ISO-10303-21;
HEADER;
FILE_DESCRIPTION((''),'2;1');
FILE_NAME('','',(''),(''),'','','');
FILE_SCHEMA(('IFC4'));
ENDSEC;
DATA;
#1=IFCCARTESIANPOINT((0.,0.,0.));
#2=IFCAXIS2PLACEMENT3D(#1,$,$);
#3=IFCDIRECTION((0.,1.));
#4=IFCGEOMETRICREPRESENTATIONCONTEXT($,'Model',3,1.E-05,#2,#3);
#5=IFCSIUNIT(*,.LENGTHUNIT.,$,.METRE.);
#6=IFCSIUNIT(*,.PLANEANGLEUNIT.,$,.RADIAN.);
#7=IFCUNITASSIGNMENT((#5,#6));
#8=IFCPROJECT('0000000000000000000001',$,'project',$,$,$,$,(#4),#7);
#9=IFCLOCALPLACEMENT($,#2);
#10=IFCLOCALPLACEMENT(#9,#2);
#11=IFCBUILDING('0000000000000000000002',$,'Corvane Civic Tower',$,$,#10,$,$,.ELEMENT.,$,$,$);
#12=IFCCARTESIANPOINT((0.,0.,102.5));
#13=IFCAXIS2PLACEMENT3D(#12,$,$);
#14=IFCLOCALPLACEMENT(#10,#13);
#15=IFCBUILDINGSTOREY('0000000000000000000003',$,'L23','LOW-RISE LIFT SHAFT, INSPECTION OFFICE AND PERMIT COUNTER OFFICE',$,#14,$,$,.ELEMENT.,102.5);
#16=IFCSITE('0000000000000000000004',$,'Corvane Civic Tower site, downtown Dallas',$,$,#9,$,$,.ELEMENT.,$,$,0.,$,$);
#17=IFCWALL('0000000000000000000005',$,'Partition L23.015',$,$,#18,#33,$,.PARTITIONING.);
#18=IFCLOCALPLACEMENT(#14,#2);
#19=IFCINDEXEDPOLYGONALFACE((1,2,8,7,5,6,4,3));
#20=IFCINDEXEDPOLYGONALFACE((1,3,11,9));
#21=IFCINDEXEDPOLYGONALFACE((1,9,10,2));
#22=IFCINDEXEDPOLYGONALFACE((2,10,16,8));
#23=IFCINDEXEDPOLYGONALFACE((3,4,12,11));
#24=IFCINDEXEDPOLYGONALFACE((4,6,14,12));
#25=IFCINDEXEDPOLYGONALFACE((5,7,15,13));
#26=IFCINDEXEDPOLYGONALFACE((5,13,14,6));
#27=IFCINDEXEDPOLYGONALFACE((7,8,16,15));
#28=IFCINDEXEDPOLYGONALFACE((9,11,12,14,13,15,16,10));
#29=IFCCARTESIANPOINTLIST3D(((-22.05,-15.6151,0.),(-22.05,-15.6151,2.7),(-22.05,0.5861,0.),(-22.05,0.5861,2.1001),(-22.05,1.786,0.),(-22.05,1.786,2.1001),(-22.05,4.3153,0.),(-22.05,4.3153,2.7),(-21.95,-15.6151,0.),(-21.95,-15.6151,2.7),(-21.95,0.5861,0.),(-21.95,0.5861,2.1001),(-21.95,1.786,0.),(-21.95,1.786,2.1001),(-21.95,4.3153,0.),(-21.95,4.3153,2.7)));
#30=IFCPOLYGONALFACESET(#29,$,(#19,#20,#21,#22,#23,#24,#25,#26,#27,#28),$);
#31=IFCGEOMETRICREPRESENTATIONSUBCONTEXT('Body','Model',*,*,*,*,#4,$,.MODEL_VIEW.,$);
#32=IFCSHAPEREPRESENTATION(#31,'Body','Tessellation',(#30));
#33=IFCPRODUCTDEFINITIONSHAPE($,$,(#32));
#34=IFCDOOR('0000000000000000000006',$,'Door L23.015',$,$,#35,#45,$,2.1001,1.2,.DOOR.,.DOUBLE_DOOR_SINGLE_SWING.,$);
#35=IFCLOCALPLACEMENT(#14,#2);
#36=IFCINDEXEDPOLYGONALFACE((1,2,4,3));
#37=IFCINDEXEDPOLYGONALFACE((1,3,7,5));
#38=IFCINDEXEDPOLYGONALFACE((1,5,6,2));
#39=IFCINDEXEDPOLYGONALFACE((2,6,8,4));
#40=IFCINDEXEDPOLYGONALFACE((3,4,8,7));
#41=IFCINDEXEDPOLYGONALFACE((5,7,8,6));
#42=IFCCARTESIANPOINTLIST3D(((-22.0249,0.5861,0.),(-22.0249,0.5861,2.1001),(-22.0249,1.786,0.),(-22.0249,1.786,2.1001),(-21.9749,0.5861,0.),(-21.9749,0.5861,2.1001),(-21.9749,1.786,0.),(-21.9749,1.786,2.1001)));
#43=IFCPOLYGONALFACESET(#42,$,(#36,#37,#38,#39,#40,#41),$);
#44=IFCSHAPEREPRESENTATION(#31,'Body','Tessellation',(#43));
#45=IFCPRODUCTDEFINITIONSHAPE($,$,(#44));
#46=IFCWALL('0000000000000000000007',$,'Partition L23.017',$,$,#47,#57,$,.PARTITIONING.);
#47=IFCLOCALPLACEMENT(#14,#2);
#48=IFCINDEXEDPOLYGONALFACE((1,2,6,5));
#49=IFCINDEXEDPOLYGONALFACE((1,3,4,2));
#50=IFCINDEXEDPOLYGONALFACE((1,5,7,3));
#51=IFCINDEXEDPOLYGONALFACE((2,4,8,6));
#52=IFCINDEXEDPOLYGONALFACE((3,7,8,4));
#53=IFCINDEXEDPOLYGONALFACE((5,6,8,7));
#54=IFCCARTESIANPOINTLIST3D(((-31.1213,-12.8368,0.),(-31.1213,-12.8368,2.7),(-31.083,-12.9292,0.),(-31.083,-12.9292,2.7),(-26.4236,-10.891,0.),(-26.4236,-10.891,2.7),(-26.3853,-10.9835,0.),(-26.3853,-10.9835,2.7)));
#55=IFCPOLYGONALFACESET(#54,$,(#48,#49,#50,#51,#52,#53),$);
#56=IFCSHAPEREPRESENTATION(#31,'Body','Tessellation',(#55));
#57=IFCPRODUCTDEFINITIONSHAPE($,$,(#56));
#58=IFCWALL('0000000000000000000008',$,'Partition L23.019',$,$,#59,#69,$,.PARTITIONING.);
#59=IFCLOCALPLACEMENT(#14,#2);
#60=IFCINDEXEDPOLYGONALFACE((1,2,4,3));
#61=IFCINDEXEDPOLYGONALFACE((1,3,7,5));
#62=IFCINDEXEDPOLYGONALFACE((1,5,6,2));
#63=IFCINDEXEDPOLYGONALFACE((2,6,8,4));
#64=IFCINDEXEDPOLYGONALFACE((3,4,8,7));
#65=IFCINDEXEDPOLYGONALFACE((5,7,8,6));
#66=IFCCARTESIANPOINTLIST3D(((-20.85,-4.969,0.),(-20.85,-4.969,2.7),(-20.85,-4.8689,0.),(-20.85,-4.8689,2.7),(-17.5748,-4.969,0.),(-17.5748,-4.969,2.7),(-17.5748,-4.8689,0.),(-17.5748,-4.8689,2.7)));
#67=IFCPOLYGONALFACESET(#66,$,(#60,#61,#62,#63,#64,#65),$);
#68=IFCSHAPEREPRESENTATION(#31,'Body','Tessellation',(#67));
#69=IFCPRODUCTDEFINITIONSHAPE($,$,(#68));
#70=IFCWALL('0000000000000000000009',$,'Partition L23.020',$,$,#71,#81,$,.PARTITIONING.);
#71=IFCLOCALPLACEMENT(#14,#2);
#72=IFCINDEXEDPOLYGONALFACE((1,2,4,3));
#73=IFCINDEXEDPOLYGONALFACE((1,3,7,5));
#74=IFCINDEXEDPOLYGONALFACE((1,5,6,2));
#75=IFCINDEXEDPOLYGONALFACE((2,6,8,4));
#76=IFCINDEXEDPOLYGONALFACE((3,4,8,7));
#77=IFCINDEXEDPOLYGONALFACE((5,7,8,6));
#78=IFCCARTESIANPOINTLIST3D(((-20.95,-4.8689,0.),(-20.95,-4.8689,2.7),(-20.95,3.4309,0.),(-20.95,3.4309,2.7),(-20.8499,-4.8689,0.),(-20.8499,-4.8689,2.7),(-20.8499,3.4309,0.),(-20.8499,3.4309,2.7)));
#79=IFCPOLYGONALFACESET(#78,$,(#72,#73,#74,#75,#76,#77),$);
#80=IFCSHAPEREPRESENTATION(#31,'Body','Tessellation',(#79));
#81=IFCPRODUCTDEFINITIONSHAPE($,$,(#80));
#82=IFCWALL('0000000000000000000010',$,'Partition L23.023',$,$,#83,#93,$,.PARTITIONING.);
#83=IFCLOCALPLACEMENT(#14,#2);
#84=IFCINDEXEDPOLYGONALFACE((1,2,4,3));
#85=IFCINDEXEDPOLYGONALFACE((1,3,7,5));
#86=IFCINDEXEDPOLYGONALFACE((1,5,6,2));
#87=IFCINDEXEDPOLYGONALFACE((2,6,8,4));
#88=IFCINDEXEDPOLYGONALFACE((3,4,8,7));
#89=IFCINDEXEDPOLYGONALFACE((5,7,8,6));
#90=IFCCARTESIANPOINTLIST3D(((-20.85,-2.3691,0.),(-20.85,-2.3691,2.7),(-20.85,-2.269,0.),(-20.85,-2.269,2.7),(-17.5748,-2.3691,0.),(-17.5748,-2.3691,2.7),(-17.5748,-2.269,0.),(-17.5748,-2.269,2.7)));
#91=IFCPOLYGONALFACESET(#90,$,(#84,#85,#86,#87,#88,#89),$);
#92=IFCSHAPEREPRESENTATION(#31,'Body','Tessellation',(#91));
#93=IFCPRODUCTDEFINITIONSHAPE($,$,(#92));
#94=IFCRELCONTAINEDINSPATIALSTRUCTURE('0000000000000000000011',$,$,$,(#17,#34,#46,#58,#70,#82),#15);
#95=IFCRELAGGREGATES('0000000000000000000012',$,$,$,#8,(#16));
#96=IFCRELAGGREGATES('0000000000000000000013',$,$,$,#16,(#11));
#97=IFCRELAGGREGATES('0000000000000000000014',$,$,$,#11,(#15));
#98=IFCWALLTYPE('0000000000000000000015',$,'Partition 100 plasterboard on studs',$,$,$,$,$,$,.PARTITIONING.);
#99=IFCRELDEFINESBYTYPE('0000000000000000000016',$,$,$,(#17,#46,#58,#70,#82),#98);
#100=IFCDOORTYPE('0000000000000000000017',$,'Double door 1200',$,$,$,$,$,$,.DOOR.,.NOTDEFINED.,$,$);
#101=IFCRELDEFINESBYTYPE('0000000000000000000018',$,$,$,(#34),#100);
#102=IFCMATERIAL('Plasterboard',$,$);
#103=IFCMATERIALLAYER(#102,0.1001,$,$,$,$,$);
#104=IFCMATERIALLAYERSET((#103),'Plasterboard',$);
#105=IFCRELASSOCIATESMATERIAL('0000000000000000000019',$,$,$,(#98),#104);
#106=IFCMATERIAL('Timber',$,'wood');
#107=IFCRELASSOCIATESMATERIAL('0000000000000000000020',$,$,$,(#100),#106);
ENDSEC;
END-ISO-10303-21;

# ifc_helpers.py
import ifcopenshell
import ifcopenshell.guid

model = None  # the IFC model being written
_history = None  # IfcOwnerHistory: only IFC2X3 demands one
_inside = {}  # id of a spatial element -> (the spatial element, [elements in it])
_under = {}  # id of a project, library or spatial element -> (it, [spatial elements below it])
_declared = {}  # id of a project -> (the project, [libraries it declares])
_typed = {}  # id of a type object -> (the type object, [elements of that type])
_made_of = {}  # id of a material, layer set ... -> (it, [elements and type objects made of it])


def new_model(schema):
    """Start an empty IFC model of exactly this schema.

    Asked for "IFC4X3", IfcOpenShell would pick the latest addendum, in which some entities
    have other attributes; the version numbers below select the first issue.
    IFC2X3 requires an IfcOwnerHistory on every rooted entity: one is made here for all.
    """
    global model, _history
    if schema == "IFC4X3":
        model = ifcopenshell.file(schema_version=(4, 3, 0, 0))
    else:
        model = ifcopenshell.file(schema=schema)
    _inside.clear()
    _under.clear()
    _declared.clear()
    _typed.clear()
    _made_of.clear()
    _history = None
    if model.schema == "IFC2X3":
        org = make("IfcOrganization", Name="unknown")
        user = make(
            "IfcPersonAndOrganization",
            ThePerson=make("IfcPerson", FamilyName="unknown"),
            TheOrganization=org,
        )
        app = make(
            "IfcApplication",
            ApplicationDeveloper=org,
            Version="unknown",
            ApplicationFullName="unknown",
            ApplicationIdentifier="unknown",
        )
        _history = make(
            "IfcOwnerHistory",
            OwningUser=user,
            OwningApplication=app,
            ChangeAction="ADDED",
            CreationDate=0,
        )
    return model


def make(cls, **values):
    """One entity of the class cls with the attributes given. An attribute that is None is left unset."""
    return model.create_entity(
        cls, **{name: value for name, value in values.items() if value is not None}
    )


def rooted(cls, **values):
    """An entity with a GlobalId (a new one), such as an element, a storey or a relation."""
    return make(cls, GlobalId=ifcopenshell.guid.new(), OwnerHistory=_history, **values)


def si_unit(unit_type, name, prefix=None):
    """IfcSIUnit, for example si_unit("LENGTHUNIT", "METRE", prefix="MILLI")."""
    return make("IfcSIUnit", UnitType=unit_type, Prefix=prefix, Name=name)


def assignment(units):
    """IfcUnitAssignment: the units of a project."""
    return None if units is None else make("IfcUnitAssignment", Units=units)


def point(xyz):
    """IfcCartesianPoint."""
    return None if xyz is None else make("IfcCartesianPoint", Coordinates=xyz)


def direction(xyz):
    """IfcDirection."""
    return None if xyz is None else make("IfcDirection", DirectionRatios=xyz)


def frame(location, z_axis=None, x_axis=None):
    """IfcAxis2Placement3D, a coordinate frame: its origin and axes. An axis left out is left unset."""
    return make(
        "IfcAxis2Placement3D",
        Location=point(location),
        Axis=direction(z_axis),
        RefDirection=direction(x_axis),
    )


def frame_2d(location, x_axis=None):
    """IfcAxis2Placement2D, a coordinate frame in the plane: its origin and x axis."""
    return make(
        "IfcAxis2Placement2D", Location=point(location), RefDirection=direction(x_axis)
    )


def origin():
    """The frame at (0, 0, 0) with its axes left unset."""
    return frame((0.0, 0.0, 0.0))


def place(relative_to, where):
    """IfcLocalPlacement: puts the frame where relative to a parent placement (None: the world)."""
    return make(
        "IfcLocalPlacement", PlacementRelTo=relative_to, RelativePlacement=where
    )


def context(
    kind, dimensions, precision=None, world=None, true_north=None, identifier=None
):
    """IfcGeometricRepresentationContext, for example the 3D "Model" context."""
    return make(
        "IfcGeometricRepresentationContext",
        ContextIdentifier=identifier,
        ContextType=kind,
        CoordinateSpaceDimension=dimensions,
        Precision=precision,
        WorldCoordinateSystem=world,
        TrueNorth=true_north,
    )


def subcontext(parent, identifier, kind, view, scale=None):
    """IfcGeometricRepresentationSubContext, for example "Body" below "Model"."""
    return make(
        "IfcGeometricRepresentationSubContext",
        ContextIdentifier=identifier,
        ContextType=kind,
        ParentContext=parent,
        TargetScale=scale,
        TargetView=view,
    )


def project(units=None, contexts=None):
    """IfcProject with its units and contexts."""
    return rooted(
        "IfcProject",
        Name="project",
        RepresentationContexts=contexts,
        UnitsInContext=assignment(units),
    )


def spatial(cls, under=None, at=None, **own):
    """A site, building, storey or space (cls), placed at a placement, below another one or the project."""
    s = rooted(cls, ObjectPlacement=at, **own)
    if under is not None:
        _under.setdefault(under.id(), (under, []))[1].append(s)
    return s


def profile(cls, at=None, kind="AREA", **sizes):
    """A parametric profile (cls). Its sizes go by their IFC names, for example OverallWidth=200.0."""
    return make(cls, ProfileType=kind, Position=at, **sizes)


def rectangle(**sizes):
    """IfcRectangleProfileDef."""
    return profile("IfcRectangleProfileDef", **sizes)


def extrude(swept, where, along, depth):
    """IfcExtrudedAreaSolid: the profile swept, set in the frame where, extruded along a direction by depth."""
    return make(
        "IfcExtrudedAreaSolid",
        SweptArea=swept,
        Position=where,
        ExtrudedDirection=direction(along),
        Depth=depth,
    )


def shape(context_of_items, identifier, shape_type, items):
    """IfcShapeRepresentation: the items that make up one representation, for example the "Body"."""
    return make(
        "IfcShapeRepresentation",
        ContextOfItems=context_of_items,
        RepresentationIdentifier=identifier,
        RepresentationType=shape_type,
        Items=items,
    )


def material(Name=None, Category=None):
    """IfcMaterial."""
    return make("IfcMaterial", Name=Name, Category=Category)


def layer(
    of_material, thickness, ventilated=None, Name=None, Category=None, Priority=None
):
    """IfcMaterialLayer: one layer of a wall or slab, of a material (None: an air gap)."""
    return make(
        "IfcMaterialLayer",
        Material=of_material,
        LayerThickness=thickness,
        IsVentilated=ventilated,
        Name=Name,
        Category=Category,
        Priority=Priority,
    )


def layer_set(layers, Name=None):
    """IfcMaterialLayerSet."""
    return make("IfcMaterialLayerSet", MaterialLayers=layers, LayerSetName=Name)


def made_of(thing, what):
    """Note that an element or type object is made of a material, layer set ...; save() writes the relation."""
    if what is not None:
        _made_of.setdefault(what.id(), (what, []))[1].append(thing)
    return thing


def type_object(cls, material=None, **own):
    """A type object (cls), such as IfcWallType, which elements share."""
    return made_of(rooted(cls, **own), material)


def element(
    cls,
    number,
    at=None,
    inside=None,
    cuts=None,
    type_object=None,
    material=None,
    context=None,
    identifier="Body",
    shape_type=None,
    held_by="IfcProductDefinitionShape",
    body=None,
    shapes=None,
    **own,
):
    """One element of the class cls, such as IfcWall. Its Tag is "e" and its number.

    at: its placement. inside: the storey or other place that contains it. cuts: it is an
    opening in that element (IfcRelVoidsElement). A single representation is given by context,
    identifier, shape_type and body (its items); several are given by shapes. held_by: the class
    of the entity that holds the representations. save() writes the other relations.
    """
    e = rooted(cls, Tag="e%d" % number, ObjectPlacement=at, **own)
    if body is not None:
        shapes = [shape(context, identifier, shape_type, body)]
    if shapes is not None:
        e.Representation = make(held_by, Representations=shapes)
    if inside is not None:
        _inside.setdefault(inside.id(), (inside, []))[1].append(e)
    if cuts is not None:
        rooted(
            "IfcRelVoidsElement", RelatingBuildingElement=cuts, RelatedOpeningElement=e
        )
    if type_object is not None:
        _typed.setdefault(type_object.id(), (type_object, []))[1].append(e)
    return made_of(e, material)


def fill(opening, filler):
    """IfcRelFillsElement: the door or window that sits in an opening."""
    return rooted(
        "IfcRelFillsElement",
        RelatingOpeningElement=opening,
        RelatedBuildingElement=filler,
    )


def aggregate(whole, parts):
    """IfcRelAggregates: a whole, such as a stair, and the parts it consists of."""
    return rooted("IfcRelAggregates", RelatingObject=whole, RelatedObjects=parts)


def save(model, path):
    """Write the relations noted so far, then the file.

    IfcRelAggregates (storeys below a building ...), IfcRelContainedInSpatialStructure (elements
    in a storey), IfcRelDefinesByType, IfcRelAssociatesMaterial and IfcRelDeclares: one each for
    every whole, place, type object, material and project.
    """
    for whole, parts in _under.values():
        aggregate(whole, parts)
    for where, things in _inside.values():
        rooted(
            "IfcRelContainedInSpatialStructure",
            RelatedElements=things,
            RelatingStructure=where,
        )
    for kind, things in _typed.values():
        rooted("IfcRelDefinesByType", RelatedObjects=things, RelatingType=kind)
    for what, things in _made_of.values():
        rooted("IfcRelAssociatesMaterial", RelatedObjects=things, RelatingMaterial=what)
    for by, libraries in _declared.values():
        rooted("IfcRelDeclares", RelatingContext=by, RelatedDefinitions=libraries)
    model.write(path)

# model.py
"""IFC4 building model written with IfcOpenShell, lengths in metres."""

from ifc_helpers import new_model, si_unit, direction, frame, frame_2d, origin, place, context, subcontext, project, spatial, rectangle, extrude, material, layer, layer_set, type_object, element, fill, save


model = new_model("IFC4")

# Units and contexts
model_context = context("Model", 3, precision=1e-05, world=origin(), true_north=direction((0.0, 1.0)))
body_context = subcontext(model_context, "Body", "Model", "MODEL_VIEW")
ifc_project = project(units=[si_unit("LENGTHUNIT", "METRE"), si_unit("PLANEANGLEUNIT", "RADIAN")], contexts=[model_context])

# Site, building, storey
site_placement = place(None, origin())
site = spatial("IfcSite", under=ifc_project, at=site_placement, Name="Corvane Civic Tower site, downtown Dallas", CompositionType="ELEMENT", RefElevation=0.0)
building_placement = place(site_placement, origin())
building = spatial("IfcBuilding", under=site, at=building_placement, Name="Corvane Civic Tower", CompositionType="ELEMENT")
storey_placement = place(building_placement, frame((0.0, 0.0, 102.5)))
storey = spatial("IfcBuildingStorey", under=building, at=storey_placement, Name="L23", Description="LOW-RISE LIFT SHAFT, INSPECTION OFFICE AND PERMIT COUNTER OFFICE", CompositionType="ELEMENT", Elevation=102.5)

# Wall, opening, door
ifc_material_1 = material(Name="Plasterboard")
ifc_layer_1 = layer(ifc_material_1, 0.1001)
ifc_layer_set_1 = layer_set([ifc_layer_1], Name="Plasterboard")
wall_type_1 = type_object("IfcWallType", Name="Partition 100 plasterboard on studs", PredefinedType="PARTITIONING", material=ifc_layer_set_1)
wall_1_placement = place(storey_placement, frame((-22.0, -15.6152, 0.0), z_axis=(0.0, 0.0, 1.0), x_axis=(0.0, 1.0, 0.0)))
wall_1 = element("IfcWall", 1, at=wall_1_placement, inside=storey, type_object=wall_type_1, Name="Partition L23.015", PredefinedType="PARTITIONING", context=body_context, shape_type="SweptSolid", body=[
    extrude(rectangle(XDim=19.9304, YDim=0.1001, at=frame_2d((9.9653, 0.0))), origin(), (0.0, 0.0, 1.0), 2.7),
])
opening_1_placement = place(wall_1_placement, frame((16.2012, 0.0, 0.0)))
opening_1 = element("IfcOpeningElement", 2, at=opening_1_placement, cuts=wall_1, PredefinedType="OPENING", context=body_context, shape_type="SweptSolid", body=[
    extrude(rectangle(XDim=1.2, YDim=2.1001, at=frame_2d((0.6001, 1.05))), frame((0.0, 0.0601, 0.0), z_axis=(0.0, -1.0, 0.0), x_axis=(1.0, 0.0, 0.0)), (0.0, 0.0, 1.0), 0.1201),
])
ifc_material_2 = material(Name="Timber", Category="wood")
door_type_1 = type_object("IfcDoorType", Name="Double door 1200", OperationType="NOTDEFINED", PredefinedType="DOOR", material=ifc_material_2)
door_1_placement = place(opening_1_placement, origin())
door_1 = element("IfcDoor", 3, at=door_1_placement, inside=storey, type_object=door_type_1, Name="Door L23.015", OperationType="DOUBLE_DOOR_SINGLE_SWING", OverallHeight=2.1001, OverallWidth=1.2, PredefinedType="DOOR", context=body_context, shape_type="SweptSolid", body=[
    extrude(rectangle(XDim=1.2, YDim=2.1001, at=frame_2d((0.6001, 1.05))), frame((0.0, 0.0249, 0.0), z_axis=(0.0, -1.0, 0.0), x_axis=(1.0, 0.0, 0.0)), (0.0, 0.0, 1.0), 0.05),
])
fill(opening_1, door_1)

# Walls
wall_2_placement = place(storey_placement, frame((-31.1023, -12.8831, 0.0), z_axis=(0.0, 0.0, 1.0), x_axis=(0.923885, 0.382671, 0.0)))
element("IfcWall", 4, at=wall_2_placement, inside=storey, type_object=wall_type_1, Name="Partition L23.017", PredefinedType="PARTITIONING", context=body_context, shape_type="SweptSolid", body=[
    extrude(rectangle(XDim=5.0847, YDim=0.1001, at=frame_2d((2.5425, 0.0))), origin(), (0.0, 0.0, 1.0), 2.7),
])
wall_3_placement = place(storey_placement, frame((-20.8501, -4.9189, 0.0), z_axis=(0.0, 0.0, 1.0), x_axis=(1.0, 0.0, 0.0)))
element("IfcWall", 5, at=wall_3_placement, inside=storey, type_object=wall_type_1, Name="Partition L23.019", PredefinedType="PARTITIONING", context=body_context, shape_type="SweptSolid", body=[
    extrude(rectangle(XDim=3.2751, YDim=0.1001, at=frame_2d((1.6377, 0.0))), origin(), (0.0, 0.0, 1.0), 2.7),
])
wall_4_placement = place(storey_placement, frame((-20.8999, -4.8689, 0.0), z_axis=(0.0, 0.0, 1.0), x_axis=(0.0, 1.0, 0.0)))
element("IfcWall", 6, at=wall_4_placement, inside=storey, type_object=wall_type_1, Name="Partition L23.020", PredefinedType="PARTITIONING", context=body_context, shape_type="SweptSolid", body=[
    extrude(rectangle(XDim=8.2998, YDim=0.1001, at=frame_2d((4.1499, 0.0))), origin(), (0.0, 0.0, 1.0), 2.7),
])
wall_5_placement = place(storey_placement, frame((-20.8501, -2.3191, 0.0), z_axis=(0.0, 0.0, 1.0), x_axis=(1.0, 0.0, 0.0)))
element("IfcWall", 7, at=wall_5_placement, inside=storey, type_object=wall_type_1, Name="Partition L23.023", PredefinedType="PARTITIONING", context=body_context, shape_type="SweptSolid", body=[
    extrude(rectangle(XDim=3.2751, YDim=0.1001, at=frame_2d((1.6377, 0.0))), origin(), (0.0, 0.0, 1.0), 2.7),
])

save(model, "model.ifc")
